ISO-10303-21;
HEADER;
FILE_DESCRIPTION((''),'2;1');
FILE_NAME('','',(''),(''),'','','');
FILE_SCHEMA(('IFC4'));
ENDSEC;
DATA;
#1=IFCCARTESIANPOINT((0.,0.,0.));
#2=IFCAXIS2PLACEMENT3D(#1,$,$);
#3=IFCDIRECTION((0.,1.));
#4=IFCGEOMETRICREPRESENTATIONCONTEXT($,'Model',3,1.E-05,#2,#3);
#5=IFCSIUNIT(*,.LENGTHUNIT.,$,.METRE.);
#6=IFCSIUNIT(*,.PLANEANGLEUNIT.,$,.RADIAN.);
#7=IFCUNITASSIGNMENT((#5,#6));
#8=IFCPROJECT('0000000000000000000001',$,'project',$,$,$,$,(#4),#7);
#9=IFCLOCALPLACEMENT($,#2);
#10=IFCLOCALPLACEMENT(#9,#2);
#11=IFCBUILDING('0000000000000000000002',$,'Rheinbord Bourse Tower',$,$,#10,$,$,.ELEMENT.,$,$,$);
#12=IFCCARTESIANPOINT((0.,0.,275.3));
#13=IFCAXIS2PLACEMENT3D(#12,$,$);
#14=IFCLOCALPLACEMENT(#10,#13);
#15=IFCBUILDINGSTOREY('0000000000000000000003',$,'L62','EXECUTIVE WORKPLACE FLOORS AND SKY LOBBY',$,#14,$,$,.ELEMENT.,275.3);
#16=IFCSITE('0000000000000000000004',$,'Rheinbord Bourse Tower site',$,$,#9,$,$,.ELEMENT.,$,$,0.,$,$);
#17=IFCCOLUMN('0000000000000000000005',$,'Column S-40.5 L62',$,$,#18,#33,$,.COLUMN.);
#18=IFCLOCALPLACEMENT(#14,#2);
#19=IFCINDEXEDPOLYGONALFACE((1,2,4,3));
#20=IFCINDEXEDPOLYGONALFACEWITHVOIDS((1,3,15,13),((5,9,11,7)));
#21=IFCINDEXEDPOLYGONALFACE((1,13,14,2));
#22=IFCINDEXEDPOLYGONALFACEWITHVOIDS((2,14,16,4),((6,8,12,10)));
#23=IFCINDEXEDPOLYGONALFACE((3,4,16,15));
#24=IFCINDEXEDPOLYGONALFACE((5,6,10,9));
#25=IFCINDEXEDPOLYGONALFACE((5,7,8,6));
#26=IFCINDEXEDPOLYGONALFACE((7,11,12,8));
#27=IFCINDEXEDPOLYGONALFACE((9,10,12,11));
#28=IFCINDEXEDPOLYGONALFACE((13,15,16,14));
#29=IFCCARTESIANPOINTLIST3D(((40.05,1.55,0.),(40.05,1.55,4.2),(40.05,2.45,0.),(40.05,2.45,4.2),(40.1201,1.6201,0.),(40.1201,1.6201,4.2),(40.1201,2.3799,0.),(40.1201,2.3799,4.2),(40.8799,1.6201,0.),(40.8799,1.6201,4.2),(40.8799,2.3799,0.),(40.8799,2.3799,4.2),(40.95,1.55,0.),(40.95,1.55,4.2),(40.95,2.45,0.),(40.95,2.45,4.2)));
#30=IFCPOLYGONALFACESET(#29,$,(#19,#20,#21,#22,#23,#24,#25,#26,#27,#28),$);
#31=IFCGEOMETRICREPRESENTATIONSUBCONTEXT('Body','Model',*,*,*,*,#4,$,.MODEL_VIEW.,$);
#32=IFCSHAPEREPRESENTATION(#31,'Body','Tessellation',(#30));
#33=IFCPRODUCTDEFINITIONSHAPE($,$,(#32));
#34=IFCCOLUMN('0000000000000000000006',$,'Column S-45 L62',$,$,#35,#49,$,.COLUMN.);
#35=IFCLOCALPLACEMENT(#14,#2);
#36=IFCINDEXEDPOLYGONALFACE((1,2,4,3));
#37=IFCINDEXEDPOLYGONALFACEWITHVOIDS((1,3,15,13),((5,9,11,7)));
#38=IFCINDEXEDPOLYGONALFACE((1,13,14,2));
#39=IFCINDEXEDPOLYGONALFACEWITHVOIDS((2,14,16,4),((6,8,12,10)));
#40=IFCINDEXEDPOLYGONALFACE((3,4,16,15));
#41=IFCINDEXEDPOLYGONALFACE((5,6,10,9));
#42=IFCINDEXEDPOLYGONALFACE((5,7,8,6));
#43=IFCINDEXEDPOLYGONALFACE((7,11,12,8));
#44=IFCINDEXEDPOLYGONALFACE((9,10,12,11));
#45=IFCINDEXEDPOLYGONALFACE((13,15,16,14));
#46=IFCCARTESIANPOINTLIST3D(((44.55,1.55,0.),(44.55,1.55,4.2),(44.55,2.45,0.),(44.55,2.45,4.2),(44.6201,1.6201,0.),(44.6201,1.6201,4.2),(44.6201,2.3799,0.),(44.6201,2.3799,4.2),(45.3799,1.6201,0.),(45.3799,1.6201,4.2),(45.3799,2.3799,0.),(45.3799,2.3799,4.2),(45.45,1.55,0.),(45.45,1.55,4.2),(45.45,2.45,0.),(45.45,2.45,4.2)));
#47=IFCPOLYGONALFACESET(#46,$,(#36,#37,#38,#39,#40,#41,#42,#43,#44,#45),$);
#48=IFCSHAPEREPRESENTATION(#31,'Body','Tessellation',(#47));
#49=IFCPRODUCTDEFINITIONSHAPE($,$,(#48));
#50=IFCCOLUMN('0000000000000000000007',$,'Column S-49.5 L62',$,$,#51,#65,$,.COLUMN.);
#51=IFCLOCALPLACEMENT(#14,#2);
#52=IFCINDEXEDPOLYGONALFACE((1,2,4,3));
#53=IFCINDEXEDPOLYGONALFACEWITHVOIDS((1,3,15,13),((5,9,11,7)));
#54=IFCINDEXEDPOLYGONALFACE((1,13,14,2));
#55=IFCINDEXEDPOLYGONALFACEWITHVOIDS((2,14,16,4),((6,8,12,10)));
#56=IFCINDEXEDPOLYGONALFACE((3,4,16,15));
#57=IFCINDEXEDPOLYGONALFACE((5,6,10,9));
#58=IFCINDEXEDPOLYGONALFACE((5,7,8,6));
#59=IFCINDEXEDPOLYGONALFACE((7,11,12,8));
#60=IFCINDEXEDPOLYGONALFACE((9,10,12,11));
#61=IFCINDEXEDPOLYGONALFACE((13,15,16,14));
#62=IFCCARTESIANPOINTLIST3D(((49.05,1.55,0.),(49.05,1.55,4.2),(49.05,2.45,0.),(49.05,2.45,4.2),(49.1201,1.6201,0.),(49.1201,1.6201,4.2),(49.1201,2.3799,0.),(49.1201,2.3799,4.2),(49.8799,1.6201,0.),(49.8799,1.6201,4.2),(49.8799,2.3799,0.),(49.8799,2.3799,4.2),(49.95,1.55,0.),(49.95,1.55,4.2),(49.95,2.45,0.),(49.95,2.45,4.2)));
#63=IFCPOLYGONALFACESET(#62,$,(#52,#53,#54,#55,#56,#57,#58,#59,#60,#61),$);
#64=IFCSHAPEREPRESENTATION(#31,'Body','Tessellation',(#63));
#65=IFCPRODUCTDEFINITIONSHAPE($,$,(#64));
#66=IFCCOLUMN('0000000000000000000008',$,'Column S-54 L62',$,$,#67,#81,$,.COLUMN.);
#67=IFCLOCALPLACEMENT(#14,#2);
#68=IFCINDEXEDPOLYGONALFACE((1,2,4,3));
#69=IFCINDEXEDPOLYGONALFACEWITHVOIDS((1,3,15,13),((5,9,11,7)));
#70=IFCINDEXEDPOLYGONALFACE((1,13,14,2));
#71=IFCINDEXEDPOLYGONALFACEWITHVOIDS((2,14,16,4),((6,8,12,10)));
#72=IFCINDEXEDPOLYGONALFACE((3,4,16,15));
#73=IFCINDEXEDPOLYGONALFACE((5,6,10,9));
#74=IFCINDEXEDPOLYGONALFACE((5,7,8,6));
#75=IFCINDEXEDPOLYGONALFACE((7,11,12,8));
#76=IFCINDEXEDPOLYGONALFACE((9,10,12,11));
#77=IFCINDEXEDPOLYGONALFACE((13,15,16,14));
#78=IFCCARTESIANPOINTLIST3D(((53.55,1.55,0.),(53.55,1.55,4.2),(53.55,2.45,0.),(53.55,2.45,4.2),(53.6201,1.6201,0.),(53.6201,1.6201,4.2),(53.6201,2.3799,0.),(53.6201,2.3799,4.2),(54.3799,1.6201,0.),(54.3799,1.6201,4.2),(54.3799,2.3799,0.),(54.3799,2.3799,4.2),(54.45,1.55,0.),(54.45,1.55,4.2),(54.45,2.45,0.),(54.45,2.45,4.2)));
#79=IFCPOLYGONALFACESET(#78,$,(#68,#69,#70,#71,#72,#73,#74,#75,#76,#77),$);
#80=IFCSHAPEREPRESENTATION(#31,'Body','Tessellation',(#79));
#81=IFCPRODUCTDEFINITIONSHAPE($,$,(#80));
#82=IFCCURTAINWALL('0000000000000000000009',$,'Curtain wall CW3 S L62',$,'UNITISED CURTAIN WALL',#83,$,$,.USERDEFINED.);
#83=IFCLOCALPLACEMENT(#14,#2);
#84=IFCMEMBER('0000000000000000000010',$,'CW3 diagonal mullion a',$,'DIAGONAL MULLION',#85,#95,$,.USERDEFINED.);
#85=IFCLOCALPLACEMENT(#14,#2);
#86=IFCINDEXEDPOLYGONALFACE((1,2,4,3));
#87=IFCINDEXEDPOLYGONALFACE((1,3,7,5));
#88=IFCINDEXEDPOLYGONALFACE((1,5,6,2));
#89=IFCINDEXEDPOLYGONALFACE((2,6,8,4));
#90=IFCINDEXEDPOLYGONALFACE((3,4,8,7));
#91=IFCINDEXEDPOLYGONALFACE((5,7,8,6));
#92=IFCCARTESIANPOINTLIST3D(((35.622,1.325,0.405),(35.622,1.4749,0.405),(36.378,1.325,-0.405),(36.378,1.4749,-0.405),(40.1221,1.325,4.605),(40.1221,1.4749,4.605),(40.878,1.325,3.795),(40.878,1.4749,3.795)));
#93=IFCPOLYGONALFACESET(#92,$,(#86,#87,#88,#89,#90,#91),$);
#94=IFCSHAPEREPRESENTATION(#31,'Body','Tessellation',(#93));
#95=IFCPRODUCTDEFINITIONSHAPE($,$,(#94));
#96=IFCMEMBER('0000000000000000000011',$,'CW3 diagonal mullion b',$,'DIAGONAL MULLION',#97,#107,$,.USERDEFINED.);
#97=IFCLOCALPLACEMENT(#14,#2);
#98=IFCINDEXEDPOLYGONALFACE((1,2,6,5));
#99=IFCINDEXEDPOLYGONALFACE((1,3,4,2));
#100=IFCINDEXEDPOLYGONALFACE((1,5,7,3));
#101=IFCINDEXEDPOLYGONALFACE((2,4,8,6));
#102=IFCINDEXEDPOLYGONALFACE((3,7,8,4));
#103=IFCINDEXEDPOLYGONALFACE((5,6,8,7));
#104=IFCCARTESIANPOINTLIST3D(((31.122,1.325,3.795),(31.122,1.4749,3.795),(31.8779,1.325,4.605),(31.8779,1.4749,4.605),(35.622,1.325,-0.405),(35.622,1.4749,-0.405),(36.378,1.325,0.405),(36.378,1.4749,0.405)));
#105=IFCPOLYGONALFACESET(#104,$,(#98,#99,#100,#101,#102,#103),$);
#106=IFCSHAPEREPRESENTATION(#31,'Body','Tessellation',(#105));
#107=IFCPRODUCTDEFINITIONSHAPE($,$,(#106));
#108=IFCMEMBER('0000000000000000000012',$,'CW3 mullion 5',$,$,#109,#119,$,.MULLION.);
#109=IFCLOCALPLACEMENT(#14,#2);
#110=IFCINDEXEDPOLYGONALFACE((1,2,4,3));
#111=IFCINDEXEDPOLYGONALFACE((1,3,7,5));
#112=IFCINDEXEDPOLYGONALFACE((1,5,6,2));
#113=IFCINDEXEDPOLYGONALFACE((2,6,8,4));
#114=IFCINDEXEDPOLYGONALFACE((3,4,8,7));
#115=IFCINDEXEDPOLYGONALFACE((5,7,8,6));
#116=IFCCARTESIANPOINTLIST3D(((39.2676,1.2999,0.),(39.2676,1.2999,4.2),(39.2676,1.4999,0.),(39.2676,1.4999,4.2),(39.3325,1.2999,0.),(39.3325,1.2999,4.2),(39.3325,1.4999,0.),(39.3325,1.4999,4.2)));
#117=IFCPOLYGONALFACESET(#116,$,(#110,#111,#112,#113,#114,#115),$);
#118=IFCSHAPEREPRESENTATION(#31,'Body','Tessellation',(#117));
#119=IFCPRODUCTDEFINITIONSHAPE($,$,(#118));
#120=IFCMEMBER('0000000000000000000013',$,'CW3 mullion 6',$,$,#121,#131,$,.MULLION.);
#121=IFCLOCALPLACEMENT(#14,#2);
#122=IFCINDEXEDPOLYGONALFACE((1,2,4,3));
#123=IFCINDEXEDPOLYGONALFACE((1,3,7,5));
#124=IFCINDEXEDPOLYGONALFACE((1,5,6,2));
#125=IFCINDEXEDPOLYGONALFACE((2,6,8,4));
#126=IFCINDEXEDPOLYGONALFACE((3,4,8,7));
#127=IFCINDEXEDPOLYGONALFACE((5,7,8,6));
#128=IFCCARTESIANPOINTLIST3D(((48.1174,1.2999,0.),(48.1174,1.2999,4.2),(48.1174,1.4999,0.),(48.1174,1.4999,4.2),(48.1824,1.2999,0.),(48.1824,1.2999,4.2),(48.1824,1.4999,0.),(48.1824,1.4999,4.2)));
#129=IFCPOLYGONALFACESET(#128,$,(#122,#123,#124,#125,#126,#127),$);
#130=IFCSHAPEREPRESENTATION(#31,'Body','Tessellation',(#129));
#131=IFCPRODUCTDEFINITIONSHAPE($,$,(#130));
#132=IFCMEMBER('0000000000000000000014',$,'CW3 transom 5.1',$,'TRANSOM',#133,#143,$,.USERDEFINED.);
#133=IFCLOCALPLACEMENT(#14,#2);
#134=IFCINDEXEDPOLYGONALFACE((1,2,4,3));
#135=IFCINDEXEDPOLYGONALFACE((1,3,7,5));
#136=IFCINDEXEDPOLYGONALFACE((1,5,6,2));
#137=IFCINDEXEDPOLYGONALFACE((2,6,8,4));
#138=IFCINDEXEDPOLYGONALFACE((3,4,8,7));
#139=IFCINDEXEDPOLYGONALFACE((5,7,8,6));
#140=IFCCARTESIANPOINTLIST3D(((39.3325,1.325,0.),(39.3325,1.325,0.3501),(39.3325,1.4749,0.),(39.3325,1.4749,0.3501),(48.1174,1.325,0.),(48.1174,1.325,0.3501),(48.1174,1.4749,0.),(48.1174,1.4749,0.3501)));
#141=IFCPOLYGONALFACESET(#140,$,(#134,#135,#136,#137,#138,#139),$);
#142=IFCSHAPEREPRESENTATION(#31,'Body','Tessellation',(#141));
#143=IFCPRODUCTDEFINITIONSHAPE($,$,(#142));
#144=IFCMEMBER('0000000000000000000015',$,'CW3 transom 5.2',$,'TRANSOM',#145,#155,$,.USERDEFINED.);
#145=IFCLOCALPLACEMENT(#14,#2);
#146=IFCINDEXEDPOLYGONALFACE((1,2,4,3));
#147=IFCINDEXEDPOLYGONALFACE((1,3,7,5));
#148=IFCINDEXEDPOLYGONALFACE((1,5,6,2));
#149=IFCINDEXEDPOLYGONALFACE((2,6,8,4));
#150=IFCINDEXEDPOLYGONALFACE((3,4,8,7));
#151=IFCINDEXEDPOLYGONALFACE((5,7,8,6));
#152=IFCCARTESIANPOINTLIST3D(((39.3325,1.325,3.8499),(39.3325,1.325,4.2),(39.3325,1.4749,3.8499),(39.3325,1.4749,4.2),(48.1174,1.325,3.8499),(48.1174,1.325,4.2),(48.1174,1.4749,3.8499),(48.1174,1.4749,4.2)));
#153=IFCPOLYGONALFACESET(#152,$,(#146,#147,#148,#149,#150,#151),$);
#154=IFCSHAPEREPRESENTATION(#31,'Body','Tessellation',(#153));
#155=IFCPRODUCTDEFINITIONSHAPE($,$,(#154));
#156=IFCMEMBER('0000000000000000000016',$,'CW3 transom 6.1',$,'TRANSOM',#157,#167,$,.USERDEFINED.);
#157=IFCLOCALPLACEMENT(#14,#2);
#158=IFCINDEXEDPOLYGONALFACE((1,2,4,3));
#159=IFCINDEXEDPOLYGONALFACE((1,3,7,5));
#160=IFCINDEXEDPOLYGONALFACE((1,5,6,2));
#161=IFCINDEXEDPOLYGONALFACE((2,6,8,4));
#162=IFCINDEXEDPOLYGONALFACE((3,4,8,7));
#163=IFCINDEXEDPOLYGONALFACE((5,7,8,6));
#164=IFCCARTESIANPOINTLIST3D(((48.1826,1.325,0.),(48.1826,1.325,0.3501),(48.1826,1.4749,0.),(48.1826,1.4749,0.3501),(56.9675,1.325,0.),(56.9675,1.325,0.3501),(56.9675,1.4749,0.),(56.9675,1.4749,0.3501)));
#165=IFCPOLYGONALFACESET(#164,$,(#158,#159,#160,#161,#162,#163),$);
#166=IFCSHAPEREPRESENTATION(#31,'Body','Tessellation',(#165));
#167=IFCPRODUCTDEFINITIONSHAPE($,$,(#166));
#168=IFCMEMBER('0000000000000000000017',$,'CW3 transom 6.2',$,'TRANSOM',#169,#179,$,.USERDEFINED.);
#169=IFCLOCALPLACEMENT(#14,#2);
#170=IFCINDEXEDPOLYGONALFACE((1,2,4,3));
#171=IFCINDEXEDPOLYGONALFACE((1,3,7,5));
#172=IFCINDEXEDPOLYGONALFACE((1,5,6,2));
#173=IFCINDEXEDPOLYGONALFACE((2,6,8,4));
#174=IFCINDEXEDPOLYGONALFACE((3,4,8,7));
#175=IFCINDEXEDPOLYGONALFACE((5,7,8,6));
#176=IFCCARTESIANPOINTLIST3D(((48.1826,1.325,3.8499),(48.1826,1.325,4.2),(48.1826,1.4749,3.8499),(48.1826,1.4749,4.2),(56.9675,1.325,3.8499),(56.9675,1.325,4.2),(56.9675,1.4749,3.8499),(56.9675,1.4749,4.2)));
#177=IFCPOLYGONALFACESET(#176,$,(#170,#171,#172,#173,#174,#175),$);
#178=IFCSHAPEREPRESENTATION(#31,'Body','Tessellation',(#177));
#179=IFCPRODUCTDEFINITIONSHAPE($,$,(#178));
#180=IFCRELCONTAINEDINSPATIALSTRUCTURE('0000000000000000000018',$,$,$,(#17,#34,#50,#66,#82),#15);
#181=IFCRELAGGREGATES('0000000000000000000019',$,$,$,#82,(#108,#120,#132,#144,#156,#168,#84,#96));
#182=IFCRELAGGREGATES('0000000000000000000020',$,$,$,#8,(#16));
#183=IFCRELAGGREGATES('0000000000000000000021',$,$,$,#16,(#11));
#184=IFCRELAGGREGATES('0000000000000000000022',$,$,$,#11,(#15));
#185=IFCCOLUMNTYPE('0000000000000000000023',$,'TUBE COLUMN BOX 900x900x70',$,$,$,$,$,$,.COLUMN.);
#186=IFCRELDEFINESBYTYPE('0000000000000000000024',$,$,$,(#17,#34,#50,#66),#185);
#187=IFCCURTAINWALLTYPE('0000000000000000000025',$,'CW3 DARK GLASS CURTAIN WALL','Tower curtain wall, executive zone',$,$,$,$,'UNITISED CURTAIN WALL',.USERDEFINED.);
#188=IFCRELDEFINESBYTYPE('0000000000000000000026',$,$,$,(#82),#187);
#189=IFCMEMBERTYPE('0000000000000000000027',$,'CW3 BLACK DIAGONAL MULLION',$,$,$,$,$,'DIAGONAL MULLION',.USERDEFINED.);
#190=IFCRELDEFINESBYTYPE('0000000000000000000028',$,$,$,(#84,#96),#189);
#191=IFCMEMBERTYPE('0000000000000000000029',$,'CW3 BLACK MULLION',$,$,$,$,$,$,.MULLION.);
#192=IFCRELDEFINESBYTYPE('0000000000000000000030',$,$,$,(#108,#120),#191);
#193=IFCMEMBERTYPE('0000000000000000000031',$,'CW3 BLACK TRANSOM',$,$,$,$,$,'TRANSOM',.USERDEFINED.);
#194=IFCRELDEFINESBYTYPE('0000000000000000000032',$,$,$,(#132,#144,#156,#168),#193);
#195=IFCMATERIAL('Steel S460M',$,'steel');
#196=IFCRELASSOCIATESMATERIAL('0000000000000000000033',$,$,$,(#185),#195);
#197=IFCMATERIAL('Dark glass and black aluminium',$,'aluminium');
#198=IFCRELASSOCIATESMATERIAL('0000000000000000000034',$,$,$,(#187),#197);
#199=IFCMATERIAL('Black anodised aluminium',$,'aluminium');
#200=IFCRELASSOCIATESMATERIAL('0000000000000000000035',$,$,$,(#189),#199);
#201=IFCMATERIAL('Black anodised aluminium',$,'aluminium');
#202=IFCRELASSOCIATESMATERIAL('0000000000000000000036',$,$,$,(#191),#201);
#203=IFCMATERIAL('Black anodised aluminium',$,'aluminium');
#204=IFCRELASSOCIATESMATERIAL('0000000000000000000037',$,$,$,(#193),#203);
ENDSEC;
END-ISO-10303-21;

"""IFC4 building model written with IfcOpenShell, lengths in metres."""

from ifc_helpers import new_model, si_unit, direction, frame, origin, origin_2d, place, context, subcontext, project, spatial, rectangle, hollow_rectangle, extrude, material, material_profile, profile_set, type_object, element, aggregate, save


model = new_model("IFC4")

# Units and contexts
model_context = context("Model", 3, precision=1e-05, world=origin(), true_north=direction((0.0, 1.0)))
body_context = subcontext(model_context, "Body", "Model", "MODEL_VIEW")
ifc_project = project(units=[si_unit("LENGTHUNIT", "METRE"), si_unit("PLANEANGLEUNIT", "RADIAN")], contexts=[model_context])

# Site, building, storey
site_placement = place(None, origin())
site = spatial("IfcSite", under=ifc_project, at=site_placement, Name="Rheinbord Bourse Tower site", CompositionType="ELEMENT", RefElevation=0.0)
building_placement = place(site_placement, origin())
building = spatial("IfcBuilding", under=site, at=building_placement, Name="Rheinbord Bourse Tower", CompositionType="ELEMENT")
storey_placement = place(building_placement, frame((0.0, 0.0, 275.3)))
storey = spatial("IfcBuildingStorey", under=building, at=storey_placement, Name="L62", Description="EXECUTIVE WORKPLACE FLOORS AND SKY LOBBY", CompositionType="ELEMENT", Elevation=275.3)

# Columns
ifc_material_1 = material(Name="Steel S460M", Category="steel")
ifc_material_profile_1 = material_profile(ifc_material_1, hollow_rectangle(XDim=0.8999, YDim=0.8999, WallThickness=0.0701, at=origin_2d()), Name="BOX 900x900x70")
ifc_profile_set_1 = profile_set([ifc_material_profile_1], Name="Steel S460M")
column_type = type_object("IfcColumnType", Name="TUBE COLUMN BOX 900x900x70", PredefinedType="COLUMN", material=ifc_profile_set_1)
for number, where, z_axis, x_axis, name in (
    (1, (40.5, 2.0, 0.0), (0.0, 0.0, 1.0), (0.0, 1.0, 0.0), "Column S-40.5 L62"),
    (2, (45.0, 2.0, 0.0), (0.0, 0.0, 1.0), (0.0, 1.0, 0.0), "Column S-45 L62"),
    (3, (49.5, 2.0, 0.0), (0.0, 0.0, 1.0), (0.0, 1.0, 0.0), "Column S-49.5 L62"),
    (4, (54.0, 2.0, 0.0), (0.0, 0.0, 1.0), (0.0, 1.0, 0.0), "Column S-54 L62"),
):
    element("IfcColumn", number, at=place(storey_placement, frame(where, z_axis=z_axis, x_axis=x_axis)), inside=storey, type_object=column_type, Name=name, PredefinedType="COLUMN", context=body_context, shape_type="SweptSolid", body=[
        extrude(hollow_rectangle(XDim=0.8999, YDim=0.8999, WallThickness=0.0701, at=origin_2d()), origin(), (0.0, 0.0, 1.0), 4.2),
    ])

# Curtain wall, members
ifc_material_2 = material(Name="Dark glass and black aluminium", Category="aluminium")
curtain_wall_type = type_object("IfcCurtainWallType", Name="CW3 DARK GLASS CURTAIN WALL", Description="Tower curtain wall, executive zone", ElementType="UNITISED CURTAIN WALL", PredefinedType="USERDEFINED", material=ifc_material_2)
curtain_wall_placement = place(storey_placement, origin())
curtain_wall = element("IfcCurtainWall", 5, at=curtain_wall_placement, inside=storey, type_object=curtain_wall_type, Name="Curtain wall CW3 S L62", ObjectType="UNITISED CURTAIN WALL", PredefinedType="USERDEFINED")
ifc_material_3 = material(Name="Black anodised aluminium", Category="aluminium")
ifc_material_profile_2 = material_profile(ifc_material_3, rectangle(XDim=0.1499, YDim=1.1079, at=origin_2d()), Name="CW3 DIAGONAL MULLION 1108x150")
ifc_profile_set_2 = profile_set([ifc_material_profile_2], Name="Black anodised aluminium")
member_type_1 = type_object("IfcMemberType", Name="CW3 BLACK DIAGONAL MULLION", ElementType="DIAGONAL MULLION", PredefinedType="USERDEFINED", material=ifc_profile_set_2)
member_1_placement = place(storey_placement, frame((36.0, 1.3999, 0.0), z_axis=(0.731059, 0.0, 0.682314), x_axis=(0.0, 1.0, 0.0)))
member_1 = element("IfcMember", 6, at=member_1_placement, type_object=member_type_1, Name="CW3 diagonal mullion a", ObjectType="DIAGONAL MULLION", PredefinedType="USERDEFINED", context=body_context, shape_type="SweptSolid", body=[
    extrude(rectangle(XDim=0.1499, YDim=1.1079, at=origin_2d()), origin(), (0.0, 0.0, 1.0), 6.1555),
])
member_2_placement = place(storey_placement, frame((36.0, 1.3999, 0.0), z_axis=(-0.731059, 0.0, 0.682314), x_axis=(0.0, -1.0, 0.0)))
member_2 = element("IfcMember", 7, at=member_2_placement, type_object=member_type_1, Name="CW3 diagonal mullion b", ObjectType="DIAGONAL MULLION", PredefinedType="USERDEFINED", context=body_context, shape_type="SweptSolid", body=[
    extrude(rectangle(XDim=0.1499, YDim=1.1079, at=origin_2d()), origin(), (0.0, 0.0, 1.0), 6.1555),
])
ifc_material_4 = material(Name="Black anodised aluminium", Category="aluminium")
ifc_material_profile_3 = material_profile(ifc_material_4, rectangle(XDim=0.2, YDim=0.0649, at=origin_2d()), Name="CW3 MULLION 65x200")
ifc_profile_set_3 = profile_set([ifc_material_profile_3], Name="Black anodised aluminium")
member_type_2 = type_object("IfcMemberType", Name="CW3 BLACK MULLION", PredefinedType="MULLION", material=ifc_profile_set_3)
member_3_placement = place(storey_placement, frame((39.3, 1.3999, 0.0), z_axis=(0.0, 0.0, 1.0), x_axis=(0.0, 1.0, 0.0)))
member_3 = element("IfcMember", 8, at=member_3_placement, type_object=member_type_2, Name="CW3 mullion 5", PredefinedType="MULLION", context=body_context, shape_type="SweptSolid", body=[
    extrude(rectangle(XDim=0.2, YDim=0.0649, at=origin_2d()), origin(), (0.0, 0.0, 1.0), 4.2),
])
member_4_placement = place(storey_placement, frame((48.1499, 1.3999, 0.0), z_axis=(0.0, 0.0, 1.0), x_axis=(0.0, 1.0, 0.0)))
member_4 = element("IfcMember", 9, at=member_4_placement, type_object=member_type_2, Name="CW3 mullion 6", PredefinedType="MULLION", context=body_context, shape_type="SweptSolid", body=[
    extrude(rectangle(XDim=0.2, YDim=0.0649, at=origin_2d()), origin(), (0.0, 0.0, 1.0), 4.2),
])
ifc_material_5 = material(Name="Black anodised aluminium", Category="aluminium")
ifc_material_profile_4 = material_profile(ifc_material_5, rectangle(XDim=0.1499, YDim=0.3501, at=origin_2d()), Name="CW3 TRANSOM 350x150")
ifc_profile_set_4 = profile_set([ifc_material_profile_4], Name="Black anodised aluminium")
member_type_3 = type_object("IfcMemberType", Name="CW3 BLACK TRANSOM", ElementType="TRANSOM", PredefinedType="USERDEFINED", material=ifc_profile_set_4)
member_5_placement = place(storey_placement, frame((39.3325, 1.3999, 0.175), z_axis=(1.0, 0.0, 0.0), x_axis=(0.0, 1.0, 0.0)))
member_5 = element("IfcMember", 10, at=member_5_placement, type_object=member_type_3, Name="CW3 transom 5.1", ObjectType="TRANSOM", PredefinedType="USERDEFINED", context=body_context, shape_type="SweptSolid", body=[
    extrude(rectangle(XDim=0.1499, YDim=0.3501, at=origin_2d()), origin(), (0.0, 0.0, 1.0), 8.7849),
])
member_6_placement = place(storey_placement, frame((39.3325, 1.3999, 4.0249), z_axis=(1.0, 0.0, 0.0), x_axis=(0.0, 1.0, 0.0)))
member_6 = element("IfcMember", 11, at=member_6_placement, type_object=member_type_3, Name="CW3 transom 5.2", ObjectType="TRANSOM", PredefinedType="USERDEFINED", context=body_context, shape_type="SweptSolid", body=[
    extrude(rectangle(XDim=0.1499, YDim=0.3501, at=origin_2d()), origin(), (0.0, 0.0, 1.0), 8.7849),
])
member_7_placement = place(storey_placement, frame((48.1826, 1.3999, 0.175), z_axis=(1.0, 0.0, 0.0), x_axis=(0.0, 1.0, 0.0)))
member_7 = element("IfcMember", 12, at=member_7_placement, type_object=member_type_3, Name="CW3 transom 6.1", ObjectType="TRANSOM", PredefinedType="USERDEFINED", context=body_context, shape_type="SweptSolid", body=[
    extrude(rectangle(XDim=0.1499, YDim=0.3501, at=origin_2d()), origin(), (0.0, 0.0, 1.0), 8.7849),
])
member_8_placement = place(storey_placement, frame((48.1826, 1.3999, 4.0249), z_axis=(1.0, 0.0, 0.0), x_axis=(0.0, 1.0, 0.0)))
member_8 = element("IfcMember", 13, at=member_8_placement, type_object=member_type_3, Name="CW3 transom 6.2", ObjectType="TRANSOM", PredefinedType="USERDEFINED", context=body_context, shape_type="SweptSolid", body=[
    extrude(rectangle(XDim=0.1499, YDim=0.3501, at=origin_2d()), origin(), (0.0, 0.0, 1.0), 8.7849),
])

aggregate(curtain_wall, [member_3, member_4, member_5, member_6, member_7, member_8, member_1, member_2])

save(model, "model.ifc")
